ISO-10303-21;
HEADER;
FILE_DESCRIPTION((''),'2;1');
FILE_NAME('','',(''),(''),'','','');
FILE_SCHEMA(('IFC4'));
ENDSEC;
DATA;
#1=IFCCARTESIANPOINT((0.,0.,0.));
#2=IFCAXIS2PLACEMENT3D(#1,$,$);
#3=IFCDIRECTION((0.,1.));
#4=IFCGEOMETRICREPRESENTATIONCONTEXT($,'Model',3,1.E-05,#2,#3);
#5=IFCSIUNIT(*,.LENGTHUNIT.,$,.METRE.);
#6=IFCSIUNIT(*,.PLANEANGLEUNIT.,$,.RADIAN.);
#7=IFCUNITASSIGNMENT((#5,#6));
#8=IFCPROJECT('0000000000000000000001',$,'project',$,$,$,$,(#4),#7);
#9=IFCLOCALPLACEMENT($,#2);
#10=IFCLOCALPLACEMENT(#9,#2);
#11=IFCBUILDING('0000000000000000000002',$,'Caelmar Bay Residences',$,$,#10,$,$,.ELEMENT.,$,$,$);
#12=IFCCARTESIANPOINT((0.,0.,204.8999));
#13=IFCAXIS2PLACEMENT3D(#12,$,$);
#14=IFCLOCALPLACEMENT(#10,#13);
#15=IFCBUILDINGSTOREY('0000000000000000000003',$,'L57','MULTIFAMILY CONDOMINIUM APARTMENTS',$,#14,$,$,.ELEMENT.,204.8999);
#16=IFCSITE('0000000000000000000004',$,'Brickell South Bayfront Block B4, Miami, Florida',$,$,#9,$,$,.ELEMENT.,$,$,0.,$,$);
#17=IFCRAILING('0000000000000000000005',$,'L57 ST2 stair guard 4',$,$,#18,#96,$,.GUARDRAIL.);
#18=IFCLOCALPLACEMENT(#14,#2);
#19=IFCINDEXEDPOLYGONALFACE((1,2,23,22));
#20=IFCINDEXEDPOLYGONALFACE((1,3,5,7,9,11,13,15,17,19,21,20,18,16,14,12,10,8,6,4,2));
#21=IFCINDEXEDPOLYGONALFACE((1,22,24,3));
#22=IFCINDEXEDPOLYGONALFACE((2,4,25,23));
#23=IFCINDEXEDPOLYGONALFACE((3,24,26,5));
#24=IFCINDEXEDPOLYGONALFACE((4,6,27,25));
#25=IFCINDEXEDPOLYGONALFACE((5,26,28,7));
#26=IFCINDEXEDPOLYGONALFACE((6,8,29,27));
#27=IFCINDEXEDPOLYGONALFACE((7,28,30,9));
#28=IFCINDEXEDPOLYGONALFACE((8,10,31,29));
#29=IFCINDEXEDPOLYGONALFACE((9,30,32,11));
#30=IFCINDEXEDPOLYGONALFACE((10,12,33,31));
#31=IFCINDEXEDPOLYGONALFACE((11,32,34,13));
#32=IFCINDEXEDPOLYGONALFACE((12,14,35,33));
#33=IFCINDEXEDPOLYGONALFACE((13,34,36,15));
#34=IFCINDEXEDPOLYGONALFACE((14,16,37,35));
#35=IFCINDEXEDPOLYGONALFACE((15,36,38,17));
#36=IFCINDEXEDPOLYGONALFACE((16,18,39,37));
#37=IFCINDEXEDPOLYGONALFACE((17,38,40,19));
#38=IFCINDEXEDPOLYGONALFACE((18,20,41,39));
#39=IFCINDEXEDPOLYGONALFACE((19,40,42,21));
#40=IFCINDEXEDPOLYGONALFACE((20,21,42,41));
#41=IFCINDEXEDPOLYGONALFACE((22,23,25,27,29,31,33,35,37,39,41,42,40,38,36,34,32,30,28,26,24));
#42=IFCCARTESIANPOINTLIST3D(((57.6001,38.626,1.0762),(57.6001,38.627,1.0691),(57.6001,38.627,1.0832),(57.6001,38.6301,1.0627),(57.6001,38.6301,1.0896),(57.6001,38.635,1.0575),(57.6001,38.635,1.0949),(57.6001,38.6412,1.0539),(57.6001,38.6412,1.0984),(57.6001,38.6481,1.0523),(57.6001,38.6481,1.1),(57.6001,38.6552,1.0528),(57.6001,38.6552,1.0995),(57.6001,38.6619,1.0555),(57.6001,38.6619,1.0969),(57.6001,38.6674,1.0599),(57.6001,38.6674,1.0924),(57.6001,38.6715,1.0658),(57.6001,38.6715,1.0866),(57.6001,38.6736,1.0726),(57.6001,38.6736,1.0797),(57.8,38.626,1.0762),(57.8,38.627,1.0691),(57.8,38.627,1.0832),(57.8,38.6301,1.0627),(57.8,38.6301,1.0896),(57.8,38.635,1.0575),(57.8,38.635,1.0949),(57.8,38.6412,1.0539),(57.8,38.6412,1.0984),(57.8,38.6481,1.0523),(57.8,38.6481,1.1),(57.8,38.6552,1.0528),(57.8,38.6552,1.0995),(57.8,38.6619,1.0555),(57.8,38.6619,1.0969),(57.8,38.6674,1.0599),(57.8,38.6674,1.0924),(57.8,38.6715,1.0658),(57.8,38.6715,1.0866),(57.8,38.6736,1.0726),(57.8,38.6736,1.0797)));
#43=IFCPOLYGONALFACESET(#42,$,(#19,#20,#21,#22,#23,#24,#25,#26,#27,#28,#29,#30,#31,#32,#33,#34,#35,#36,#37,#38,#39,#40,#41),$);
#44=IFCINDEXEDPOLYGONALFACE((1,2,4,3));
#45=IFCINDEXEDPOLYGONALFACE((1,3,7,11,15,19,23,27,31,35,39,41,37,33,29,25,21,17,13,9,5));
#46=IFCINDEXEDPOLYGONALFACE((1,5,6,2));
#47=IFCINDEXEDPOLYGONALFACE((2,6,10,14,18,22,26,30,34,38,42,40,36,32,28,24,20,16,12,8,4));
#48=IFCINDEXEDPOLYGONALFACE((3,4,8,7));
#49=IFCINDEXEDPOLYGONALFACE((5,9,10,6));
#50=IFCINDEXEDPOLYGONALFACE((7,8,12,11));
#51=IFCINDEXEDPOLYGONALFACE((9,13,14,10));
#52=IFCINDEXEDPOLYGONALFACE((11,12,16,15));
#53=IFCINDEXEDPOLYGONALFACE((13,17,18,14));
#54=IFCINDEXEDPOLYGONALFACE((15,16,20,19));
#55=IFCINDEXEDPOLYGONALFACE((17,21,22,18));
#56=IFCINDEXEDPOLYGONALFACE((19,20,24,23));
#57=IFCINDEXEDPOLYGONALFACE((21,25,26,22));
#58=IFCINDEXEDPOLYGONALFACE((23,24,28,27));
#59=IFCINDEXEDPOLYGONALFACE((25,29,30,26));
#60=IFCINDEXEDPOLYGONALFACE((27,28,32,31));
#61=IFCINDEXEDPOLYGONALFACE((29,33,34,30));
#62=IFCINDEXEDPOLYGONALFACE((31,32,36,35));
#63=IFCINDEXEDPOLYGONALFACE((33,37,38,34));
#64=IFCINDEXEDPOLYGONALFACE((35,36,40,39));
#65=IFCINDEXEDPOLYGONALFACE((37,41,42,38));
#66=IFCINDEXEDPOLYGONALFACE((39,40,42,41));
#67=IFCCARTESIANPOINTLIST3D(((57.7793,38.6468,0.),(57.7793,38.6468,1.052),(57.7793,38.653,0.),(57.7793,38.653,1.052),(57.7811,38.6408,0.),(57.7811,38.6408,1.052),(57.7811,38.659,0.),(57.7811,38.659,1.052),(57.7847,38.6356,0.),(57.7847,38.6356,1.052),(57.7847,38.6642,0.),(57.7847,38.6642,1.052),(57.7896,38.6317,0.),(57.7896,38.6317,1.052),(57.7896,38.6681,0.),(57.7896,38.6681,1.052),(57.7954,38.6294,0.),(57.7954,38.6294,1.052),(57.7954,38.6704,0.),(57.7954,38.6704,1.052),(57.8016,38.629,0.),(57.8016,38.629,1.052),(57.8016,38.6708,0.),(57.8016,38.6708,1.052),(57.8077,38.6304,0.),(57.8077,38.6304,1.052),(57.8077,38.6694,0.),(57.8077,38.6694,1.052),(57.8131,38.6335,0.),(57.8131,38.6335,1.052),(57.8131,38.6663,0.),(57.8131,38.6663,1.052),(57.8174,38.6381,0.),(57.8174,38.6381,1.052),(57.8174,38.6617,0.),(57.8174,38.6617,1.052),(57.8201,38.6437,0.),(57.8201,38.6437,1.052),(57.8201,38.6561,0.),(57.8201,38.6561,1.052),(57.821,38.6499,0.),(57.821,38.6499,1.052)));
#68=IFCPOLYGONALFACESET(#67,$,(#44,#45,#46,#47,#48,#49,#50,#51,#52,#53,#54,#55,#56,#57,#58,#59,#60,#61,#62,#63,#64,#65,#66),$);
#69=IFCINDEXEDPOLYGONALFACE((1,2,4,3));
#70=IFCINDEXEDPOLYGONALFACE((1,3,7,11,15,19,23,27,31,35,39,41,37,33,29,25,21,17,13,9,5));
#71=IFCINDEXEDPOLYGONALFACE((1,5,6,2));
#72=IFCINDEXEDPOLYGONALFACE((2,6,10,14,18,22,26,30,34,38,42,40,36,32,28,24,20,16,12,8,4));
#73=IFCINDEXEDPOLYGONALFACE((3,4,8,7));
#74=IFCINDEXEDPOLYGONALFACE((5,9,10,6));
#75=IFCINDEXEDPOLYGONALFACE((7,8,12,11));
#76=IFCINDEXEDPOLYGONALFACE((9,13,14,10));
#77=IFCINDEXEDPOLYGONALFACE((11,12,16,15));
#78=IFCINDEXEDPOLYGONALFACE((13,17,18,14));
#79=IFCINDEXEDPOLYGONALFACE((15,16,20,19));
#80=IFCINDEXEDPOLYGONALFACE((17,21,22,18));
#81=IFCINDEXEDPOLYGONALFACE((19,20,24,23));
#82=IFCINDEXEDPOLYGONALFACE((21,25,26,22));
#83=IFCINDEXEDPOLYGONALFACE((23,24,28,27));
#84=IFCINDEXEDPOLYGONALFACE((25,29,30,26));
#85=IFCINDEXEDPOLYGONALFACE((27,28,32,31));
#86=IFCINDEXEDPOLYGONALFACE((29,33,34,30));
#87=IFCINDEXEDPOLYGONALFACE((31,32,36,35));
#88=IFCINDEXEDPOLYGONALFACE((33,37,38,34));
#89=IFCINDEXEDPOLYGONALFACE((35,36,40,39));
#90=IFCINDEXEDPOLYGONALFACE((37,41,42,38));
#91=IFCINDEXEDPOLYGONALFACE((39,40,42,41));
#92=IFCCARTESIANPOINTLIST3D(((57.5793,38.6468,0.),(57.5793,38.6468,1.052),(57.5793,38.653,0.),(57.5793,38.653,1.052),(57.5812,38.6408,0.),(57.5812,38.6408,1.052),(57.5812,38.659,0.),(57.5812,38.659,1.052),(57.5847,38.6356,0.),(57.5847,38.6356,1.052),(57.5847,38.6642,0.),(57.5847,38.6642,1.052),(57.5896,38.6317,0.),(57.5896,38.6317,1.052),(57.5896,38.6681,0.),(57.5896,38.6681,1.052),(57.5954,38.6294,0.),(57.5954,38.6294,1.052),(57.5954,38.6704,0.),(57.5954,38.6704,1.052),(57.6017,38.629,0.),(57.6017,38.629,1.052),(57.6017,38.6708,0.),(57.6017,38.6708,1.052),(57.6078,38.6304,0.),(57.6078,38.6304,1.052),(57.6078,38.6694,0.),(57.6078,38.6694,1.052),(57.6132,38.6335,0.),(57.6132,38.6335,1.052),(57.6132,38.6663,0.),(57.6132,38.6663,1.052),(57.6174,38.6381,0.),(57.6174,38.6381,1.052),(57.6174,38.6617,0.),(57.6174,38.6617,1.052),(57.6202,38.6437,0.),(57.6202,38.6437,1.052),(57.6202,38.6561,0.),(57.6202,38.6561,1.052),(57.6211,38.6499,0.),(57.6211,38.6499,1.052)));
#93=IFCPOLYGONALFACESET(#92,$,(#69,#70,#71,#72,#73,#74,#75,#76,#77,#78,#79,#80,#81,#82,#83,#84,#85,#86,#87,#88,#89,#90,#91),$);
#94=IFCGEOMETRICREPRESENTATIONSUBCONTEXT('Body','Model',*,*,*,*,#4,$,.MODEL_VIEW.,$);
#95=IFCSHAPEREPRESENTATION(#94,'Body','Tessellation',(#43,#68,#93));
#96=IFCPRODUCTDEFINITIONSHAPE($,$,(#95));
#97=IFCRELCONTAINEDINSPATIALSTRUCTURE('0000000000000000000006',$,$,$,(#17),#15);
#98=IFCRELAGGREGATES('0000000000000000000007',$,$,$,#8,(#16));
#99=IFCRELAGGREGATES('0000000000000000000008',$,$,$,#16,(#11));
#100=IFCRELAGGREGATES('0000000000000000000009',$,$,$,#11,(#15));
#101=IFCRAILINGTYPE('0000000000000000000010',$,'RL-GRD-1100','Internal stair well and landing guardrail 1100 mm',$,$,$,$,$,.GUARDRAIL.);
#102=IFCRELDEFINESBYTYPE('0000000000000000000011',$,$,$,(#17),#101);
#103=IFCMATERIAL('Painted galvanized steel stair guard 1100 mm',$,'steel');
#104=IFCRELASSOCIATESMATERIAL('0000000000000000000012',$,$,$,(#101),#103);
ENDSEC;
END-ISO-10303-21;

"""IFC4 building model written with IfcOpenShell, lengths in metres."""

from ifc_helpers import new_model, si_unit, direction, frame, origin, origin_2d, place, context, subcontext, project, spatial, circle, extrude, material, type_object, element, save


model = new_model("IFC4")

# Units and contexts
model_context = context("Model", 3, precision=1e-05, world=origin(), true_north=direction((0.0, 1.0)))
body_context = subcontext(model_context, "Body", "Model", "MODEL_VIEW")
ifc_project = project(units=[si_unit("LENGTHUNIT", "METRE"), si_unit("PLANEANGLEUNIT", "RADIAN")], contexts=[model_context])

# Site, building, storey
site_placement = place(None, origin())
site = spatial("IfcSite", under=ifc_project, at=site_placement, Name="Brickell South Bayfront Block B4, Miami, Florida", CompositionType="ELEMENT", RefElevation=0.0)
building_placement = place(site_placement, origin())
building = spatial("IfcBuilding", under=site, at=building_placement, Name="Caelmar Bay Residences", CompositionType="ELEMENT")
storey_placement = place(building_placement, frame((0.0, 0.0, 204.8999)))
storey = spatial("IfcBuildingStorey", under=building, at=storey_placement, Name="L57", Description="MULTIFAMILY CONDOMINIUM APARTMENTS", CompositionType="ELEMENT", Elevation=204.8999)

# Railing
ifc_material_1 = material(Name="Painted galvanized steel stair guard 1100 mm", Category="steel")
railing_type_1 = type_object("IfcRailingType", Name="RL-GRD-1100", Description="Internal stair well and landing guardrail 1100 mm", PredefinedType="GUARDRAIL", material=ifc_material_1)
railing_1_placement = place(storey_placement, frame((57.8, 38.6499, 0.0)))
element("IfcRailing", 1, at=railing_1_placement, inside=storey, type_object=railing_type_1, Name="L57 ST2 stair guard 4", PredefinedType="GUARDRAIL", context=body_context, shape_type="SweptSolid", body=[
    extrude(circle(Radius=0.0239, at=origin_2d()), frame((0.0, 0.0, 1.0762), z_axis=(-1.0, 0.0, 0.0), x_axis=(0.0, -1.0, 0.0)), (0.0, 0.0, 1.0), 0.2),
    extrude(circle(Radius=0.021, at=origin_2d()), origin(), (0.0, 0.0, 1.0), 1.052),
    extrude(circle(Radius=0.021, at=origin_2d()), frame((-0.2, 0.0, 0.0)), (0.0, 0.0, 1.0), 1.052),
])

save(model, "model.ifc")
